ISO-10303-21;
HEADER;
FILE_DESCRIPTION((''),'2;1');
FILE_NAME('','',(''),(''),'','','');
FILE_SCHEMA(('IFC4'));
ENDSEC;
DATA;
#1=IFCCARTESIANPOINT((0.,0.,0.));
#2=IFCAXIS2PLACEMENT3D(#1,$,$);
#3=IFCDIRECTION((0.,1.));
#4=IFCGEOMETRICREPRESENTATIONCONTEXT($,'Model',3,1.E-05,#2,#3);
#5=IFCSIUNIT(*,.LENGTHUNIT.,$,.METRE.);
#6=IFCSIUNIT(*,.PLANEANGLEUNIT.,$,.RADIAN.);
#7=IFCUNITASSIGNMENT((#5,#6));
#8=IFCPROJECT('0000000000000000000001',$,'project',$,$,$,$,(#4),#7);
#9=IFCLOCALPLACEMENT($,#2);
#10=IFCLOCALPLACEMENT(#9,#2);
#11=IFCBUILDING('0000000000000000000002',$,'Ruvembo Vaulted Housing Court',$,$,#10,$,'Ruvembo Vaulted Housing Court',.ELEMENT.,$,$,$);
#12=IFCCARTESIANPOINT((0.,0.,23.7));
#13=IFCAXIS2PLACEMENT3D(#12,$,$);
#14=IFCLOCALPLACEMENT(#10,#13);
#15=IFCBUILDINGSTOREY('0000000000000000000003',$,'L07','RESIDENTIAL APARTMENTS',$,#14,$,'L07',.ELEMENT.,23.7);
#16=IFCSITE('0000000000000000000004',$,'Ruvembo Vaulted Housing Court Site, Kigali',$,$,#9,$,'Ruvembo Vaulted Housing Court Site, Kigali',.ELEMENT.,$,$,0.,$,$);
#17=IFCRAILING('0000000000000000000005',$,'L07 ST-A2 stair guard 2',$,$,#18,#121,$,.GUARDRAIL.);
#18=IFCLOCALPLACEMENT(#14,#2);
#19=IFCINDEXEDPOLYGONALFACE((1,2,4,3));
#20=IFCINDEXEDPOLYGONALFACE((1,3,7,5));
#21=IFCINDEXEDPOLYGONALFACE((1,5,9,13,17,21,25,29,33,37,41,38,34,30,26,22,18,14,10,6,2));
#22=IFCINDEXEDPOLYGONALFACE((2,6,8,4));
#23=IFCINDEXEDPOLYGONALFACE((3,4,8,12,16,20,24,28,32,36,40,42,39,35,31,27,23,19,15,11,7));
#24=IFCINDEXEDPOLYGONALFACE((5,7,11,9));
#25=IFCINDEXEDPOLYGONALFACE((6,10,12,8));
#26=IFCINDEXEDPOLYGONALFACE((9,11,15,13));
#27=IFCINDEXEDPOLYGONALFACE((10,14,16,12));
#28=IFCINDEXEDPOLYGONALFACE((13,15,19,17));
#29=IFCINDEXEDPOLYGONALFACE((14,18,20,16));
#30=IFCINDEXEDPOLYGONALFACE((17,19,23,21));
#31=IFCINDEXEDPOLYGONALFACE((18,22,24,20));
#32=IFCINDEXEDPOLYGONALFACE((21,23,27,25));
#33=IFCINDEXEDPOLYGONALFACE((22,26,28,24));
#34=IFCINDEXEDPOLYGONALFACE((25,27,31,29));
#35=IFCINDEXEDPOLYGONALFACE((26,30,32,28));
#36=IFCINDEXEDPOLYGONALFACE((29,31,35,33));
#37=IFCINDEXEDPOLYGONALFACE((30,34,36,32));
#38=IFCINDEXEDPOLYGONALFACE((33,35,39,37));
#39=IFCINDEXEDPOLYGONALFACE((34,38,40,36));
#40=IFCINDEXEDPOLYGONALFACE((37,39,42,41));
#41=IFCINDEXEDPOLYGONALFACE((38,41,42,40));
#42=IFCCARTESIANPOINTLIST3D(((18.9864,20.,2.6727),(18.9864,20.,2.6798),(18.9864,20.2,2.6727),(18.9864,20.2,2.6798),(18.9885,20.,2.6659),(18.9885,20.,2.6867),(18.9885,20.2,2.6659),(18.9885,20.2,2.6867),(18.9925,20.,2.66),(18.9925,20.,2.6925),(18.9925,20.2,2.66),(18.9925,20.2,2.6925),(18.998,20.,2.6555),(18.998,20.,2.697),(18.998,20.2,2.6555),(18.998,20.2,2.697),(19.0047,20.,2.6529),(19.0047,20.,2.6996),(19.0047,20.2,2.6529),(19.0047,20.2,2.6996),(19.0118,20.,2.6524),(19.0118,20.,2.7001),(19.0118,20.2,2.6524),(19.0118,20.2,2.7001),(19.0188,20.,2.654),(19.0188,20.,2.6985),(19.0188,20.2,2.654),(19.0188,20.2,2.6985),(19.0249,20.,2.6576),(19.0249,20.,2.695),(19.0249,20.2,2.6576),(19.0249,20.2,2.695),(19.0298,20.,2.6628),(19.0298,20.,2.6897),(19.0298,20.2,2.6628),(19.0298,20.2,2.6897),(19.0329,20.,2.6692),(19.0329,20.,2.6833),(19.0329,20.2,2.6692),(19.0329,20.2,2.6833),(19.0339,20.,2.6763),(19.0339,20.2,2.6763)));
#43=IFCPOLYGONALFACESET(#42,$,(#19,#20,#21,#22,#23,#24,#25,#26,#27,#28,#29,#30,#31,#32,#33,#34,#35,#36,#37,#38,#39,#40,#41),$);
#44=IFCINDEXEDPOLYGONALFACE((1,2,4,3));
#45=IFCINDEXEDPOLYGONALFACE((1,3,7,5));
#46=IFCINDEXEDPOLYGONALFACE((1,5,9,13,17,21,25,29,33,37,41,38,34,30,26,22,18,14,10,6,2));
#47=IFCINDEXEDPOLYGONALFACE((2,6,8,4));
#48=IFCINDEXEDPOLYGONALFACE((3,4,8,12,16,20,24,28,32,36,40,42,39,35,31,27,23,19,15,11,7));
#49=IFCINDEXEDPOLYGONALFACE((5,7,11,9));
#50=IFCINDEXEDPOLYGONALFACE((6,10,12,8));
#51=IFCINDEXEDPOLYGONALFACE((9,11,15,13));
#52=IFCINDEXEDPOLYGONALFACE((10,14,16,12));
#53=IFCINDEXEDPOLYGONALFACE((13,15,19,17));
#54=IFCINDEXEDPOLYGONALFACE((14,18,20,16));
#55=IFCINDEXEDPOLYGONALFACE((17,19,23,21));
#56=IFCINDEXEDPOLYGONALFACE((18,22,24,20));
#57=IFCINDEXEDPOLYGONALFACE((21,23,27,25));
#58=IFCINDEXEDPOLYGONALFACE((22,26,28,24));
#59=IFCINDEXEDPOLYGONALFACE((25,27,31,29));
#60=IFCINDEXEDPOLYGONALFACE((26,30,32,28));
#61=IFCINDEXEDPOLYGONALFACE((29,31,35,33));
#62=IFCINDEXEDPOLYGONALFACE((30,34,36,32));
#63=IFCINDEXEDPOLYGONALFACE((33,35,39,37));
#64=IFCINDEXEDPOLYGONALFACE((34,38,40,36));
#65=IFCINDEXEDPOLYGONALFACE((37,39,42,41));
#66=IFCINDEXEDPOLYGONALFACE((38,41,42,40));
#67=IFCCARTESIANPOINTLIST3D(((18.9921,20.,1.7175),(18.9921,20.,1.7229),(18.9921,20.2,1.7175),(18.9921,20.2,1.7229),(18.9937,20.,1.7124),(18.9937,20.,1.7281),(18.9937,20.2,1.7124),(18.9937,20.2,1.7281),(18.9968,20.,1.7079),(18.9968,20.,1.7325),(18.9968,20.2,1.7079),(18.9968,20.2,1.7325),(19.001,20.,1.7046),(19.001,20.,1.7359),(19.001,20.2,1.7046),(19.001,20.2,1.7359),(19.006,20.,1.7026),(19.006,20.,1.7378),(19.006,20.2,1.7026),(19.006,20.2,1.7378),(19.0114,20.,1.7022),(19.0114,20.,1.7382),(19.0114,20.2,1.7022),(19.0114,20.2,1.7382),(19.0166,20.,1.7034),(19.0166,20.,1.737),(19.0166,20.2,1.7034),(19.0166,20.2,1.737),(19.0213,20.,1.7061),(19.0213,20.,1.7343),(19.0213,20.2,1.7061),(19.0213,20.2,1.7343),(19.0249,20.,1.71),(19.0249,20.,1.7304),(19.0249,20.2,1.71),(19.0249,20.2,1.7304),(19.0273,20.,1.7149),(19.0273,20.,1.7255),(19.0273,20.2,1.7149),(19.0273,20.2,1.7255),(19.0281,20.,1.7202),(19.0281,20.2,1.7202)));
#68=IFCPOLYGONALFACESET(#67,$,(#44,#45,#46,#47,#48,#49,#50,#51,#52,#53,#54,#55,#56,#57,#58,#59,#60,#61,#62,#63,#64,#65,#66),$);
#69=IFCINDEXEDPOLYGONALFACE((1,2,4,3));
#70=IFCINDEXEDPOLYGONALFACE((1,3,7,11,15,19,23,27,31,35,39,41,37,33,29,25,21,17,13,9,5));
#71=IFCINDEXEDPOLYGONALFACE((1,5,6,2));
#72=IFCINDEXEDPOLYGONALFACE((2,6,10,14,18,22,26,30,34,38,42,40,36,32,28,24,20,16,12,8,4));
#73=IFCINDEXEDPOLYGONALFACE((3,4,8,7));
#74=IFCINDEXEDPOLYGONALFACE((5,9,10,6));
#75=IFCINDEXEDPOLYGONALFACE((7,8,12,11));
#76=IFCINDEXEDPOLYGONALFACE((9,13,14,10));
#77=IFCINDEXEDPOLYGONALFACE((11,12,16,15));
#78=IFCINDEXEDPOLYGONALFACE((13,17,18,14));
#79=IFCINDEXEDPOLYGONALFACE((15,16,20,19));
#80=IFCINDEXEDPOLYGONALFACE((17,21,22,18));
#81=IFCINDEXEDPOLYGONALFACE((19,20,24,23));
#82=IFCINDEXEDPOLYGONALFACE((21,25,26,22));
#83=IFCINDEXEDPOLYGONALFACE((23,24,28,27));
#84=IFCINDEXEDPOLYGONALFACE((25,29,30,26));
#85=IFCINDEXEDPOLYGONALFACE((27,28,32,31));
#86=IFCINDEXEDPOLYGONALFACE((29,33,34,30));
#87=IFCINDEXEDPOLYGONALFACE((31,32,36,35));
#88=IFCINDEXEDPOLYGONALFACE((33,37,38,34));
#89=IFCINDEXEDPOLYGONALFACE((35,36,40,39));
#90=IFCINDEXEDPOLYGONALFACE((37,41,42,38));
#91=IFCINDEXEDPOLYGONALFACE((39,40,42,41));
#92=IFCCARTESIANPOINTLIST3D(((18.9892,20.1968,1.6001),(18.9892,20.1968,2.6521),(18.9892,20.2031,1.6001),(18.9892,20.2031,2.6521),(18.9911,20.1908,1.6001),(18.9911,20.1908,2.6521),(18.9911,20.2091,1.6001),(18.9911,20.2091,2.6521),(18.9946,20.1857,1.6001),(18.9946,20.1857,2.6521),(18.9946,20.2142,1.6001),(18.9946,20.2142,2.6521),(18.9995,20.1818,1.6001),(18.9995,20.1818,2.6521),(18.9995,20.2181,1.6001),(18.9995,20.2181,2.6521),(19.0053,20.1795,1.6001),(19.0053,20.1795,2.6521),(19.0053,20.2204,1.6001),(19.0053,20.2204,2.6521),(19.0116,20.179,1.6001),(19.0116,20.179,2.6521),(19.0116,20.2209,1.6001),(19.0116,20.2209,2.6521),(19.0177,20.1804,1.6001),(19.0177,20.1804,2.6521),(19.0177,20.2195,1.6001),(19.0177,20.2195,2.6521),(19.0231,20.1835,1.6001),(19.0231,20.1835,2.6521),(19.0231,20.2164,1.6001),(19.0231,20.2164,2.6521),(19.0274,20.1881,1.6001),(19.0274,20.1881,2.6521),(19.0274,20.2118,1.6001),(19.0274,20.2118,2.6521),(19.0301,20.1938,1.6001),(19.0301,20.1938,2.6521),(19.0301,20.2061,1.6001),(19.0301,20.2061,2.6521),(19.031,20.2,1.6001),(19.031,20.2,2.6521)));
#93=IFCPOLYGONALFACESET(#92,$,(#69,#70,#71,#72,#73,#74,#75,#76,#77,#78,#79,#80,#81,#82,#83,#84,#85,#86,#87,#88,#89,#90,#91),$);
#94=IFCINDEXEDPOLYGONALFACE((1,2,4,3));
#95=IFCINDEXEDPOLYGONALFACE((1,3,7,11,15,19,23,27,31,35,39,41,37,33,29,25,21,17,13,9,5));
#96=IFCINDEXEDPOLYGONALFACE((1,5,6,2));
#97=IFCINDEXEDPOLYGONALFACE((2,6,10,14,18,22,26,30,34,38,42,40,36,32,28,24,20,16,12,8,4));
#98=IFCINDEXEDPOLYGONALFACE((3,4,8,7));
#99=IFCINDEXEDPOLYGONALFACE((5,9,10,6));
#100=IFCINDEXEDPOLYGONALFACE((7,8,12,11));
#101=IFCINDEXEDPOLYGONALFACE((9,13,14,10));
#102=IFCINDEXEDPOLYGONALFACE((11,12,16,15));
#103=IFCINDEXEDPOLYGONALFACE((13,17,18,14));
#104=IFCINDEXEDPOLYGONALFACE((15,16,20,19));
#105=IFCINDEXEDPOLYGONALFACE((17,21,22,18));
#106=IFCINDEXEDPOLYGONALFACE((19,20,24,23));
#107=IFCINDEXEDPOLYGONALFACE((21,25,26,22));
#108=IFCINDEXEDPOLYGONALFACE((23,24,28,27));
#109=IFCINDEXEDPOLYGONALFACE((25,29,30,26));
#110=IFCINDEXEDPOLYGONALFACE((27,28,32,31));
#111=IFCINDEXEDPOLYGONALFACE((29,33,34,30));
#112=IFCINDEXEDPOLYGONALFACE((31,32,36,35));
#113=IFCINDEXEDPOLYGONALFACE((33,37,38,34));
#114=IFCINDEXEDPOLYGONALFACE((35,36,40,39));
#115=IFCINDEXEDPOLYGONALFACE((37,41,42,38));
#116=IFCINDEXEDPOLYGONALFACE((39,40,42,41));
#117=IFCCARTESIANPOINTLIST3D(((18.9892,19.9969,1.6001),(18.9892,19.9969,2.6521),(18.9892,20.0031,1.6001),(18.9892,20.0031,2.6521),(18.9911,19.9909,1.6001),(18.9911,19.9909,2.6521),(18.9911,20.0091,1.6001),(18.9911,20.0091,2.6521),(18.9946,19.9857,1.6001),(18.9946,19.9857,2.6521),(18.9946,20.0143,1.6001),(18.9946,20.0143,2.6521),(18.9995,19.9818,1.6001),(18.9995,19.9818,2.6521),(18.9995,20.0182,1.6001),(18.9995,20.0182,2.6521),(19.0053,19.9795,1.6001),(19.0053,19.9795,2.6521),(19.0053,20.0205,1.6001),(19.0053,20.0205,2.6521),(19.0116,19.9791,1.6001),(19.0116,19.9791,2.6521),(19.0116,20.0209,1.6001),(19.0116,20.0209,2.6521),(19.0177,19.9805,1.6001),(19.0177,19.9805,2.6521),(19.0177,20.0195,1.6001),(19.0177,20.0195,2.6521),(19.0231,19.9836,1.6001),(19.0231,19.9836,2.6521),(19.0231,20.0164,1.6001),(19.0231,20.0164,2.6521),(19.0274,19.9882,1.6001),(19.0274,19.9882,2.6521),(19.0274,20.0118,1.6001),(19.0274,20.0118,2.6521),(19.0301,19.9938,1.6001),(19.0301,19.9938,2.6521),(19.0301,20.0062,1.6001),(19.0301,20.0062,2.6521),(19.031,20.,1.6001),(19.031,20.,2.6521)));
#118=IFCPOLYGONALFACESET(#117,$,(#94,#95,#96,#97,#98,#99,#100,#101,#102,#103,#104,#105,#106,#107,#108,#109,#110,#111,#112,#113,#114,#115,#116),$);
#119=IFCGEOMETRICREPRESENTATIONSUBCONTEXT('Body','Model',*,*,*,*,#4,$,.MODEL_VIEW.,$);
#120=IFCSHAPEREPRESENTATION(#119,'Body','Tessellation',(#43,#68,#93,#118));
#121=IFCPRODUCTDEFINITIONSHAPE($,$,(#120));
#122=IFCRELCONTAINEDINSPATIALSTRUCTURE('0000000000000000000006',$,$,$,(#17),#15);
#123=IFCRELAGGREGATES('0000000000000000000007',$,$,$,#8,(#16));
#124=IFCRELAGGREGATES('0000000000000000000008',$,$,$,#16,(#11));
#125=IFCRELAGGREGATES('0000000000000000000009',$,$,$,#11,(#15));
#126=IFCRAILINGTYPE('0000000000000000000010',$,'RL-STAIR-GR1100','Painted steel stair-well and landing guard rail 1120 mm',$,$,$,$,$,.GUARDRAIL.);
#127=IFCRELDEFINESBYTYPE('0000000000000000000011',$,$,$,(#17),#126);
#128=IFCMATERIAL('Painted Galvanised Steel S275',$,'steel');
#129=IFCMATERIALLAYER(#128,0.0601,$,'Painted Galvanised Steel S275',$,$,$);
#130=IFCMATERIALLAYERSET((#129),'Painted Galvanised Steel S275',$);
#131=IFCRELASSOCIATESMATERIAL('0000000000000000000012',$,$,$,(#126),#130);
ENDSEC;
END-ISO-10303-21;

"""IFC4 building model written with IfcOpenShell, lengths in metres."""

from ifc_helpers import new_model, si_unit, direction, frame, origin, origin_2d, place, context, subcontext, project, spatial, circle, extrude, material, layer, layer_set, type_object, element, save


model = new_model("IFC4")

# Units and contexts
model_context = context("Model", 3, precision=1e-05, world=origin(), true_north=direction((0.0, 1.0)))
body_context = subcontext(model_context, "Body", "Model", "MODEL_VIEW")
ifc_project = project(units=[si_unit("LENGTHUNIT", "METRE"), si_unit("PLANEANGLEUNIT", "RADIAN")], contexts=[model_context])

# Site, building, storey
site_placement = place(None, origin())
site = spatial("IfcSite", under=ifc_project, at=site_placement, Name="Ruvembo Vaulted Housing Court Site, Kigali", LongName="Ruvembo Vaulted Housing Court Site, Kigali", CompositionType="ELEMENT", RefElevation=0.0)
building_placement = place(site_placement, origin())
building = spatial("IfcBuilding", under=site, at=building_placement, Name="Ruvembo Vaulted Housing Court", LongName="Ruvembo Vaulted Housing Court", CompositionType="ELEMENT")
storey_placement = place(building_placement, frame((0.0, 0.0, 23.7)))
storey = spatial("IfcBuildingStorey", under=building, at=storey_placement, Name="L07", Description="RESIDENTIAL APARTMENTS", LongName="L07", CompositionType="ELEMENT", Elevation=23.7)

# Railing
ifc_material_1 = material(Name="Painted Galvanised Steel S275", Category="steel")
ifc_layer_1 = layer(ifc_material_1, 0.0601, Name="Painted Galvanised Steel S275")
ifc_layer_set_1 = layer_set([ifc_layer_1], Name="Painted Galvanised Steel S275")
railing_type_1 = type_object("IfcRailingType", Name="RL-STAIR-GR1100", Description="Painted steel stair-well and landing guard rail 1120 mm", PredefinedType="GUARDRAIL", material=ifc_layer_set_1)
railing_1_placement = place(storey_placement, frame((19.01, 20.2, 1.6001)))
element("IfcRailing", 1, at=railing_1_placement, inside=storey, type_object=railing_type_1, Name="L07 ST-A2 stair guard 2", PredefinedType="GUARDRAIL", context=body_context, shape_type="SweptSolid", body=[
    extrude(circle(Radius=0.0239, at=origin_2d()), frame((0.0, 0.0, 1.0762), z_axis=(0.0, -1.0, 0.0), x_axis=(1.0, 0.0, 0.0)), (0.0, 0.0, 1.0), 0.2),
    extrude(circle(Radius=0.0181, at=origin_2d()), frame((0.0, 0.0, 0.1201), z_axis=(0.0, -1.0, 0.0), x_axis=(1.0, 0.0, 0.0)), (0.0, 0.0, 1.0), 0.2),
    extrude(circle(Radius=0.021, at=origin_2d()), origin(), (0.0, 0.0, 1.0), 1.052),
    extrude(circle(Radius=0.021, at=origin_2d()), frame((0.0, -0.2, 0.0)), (0.0, 0.0, 1.0), 1.052),
])

save(model, "model.ifc")
